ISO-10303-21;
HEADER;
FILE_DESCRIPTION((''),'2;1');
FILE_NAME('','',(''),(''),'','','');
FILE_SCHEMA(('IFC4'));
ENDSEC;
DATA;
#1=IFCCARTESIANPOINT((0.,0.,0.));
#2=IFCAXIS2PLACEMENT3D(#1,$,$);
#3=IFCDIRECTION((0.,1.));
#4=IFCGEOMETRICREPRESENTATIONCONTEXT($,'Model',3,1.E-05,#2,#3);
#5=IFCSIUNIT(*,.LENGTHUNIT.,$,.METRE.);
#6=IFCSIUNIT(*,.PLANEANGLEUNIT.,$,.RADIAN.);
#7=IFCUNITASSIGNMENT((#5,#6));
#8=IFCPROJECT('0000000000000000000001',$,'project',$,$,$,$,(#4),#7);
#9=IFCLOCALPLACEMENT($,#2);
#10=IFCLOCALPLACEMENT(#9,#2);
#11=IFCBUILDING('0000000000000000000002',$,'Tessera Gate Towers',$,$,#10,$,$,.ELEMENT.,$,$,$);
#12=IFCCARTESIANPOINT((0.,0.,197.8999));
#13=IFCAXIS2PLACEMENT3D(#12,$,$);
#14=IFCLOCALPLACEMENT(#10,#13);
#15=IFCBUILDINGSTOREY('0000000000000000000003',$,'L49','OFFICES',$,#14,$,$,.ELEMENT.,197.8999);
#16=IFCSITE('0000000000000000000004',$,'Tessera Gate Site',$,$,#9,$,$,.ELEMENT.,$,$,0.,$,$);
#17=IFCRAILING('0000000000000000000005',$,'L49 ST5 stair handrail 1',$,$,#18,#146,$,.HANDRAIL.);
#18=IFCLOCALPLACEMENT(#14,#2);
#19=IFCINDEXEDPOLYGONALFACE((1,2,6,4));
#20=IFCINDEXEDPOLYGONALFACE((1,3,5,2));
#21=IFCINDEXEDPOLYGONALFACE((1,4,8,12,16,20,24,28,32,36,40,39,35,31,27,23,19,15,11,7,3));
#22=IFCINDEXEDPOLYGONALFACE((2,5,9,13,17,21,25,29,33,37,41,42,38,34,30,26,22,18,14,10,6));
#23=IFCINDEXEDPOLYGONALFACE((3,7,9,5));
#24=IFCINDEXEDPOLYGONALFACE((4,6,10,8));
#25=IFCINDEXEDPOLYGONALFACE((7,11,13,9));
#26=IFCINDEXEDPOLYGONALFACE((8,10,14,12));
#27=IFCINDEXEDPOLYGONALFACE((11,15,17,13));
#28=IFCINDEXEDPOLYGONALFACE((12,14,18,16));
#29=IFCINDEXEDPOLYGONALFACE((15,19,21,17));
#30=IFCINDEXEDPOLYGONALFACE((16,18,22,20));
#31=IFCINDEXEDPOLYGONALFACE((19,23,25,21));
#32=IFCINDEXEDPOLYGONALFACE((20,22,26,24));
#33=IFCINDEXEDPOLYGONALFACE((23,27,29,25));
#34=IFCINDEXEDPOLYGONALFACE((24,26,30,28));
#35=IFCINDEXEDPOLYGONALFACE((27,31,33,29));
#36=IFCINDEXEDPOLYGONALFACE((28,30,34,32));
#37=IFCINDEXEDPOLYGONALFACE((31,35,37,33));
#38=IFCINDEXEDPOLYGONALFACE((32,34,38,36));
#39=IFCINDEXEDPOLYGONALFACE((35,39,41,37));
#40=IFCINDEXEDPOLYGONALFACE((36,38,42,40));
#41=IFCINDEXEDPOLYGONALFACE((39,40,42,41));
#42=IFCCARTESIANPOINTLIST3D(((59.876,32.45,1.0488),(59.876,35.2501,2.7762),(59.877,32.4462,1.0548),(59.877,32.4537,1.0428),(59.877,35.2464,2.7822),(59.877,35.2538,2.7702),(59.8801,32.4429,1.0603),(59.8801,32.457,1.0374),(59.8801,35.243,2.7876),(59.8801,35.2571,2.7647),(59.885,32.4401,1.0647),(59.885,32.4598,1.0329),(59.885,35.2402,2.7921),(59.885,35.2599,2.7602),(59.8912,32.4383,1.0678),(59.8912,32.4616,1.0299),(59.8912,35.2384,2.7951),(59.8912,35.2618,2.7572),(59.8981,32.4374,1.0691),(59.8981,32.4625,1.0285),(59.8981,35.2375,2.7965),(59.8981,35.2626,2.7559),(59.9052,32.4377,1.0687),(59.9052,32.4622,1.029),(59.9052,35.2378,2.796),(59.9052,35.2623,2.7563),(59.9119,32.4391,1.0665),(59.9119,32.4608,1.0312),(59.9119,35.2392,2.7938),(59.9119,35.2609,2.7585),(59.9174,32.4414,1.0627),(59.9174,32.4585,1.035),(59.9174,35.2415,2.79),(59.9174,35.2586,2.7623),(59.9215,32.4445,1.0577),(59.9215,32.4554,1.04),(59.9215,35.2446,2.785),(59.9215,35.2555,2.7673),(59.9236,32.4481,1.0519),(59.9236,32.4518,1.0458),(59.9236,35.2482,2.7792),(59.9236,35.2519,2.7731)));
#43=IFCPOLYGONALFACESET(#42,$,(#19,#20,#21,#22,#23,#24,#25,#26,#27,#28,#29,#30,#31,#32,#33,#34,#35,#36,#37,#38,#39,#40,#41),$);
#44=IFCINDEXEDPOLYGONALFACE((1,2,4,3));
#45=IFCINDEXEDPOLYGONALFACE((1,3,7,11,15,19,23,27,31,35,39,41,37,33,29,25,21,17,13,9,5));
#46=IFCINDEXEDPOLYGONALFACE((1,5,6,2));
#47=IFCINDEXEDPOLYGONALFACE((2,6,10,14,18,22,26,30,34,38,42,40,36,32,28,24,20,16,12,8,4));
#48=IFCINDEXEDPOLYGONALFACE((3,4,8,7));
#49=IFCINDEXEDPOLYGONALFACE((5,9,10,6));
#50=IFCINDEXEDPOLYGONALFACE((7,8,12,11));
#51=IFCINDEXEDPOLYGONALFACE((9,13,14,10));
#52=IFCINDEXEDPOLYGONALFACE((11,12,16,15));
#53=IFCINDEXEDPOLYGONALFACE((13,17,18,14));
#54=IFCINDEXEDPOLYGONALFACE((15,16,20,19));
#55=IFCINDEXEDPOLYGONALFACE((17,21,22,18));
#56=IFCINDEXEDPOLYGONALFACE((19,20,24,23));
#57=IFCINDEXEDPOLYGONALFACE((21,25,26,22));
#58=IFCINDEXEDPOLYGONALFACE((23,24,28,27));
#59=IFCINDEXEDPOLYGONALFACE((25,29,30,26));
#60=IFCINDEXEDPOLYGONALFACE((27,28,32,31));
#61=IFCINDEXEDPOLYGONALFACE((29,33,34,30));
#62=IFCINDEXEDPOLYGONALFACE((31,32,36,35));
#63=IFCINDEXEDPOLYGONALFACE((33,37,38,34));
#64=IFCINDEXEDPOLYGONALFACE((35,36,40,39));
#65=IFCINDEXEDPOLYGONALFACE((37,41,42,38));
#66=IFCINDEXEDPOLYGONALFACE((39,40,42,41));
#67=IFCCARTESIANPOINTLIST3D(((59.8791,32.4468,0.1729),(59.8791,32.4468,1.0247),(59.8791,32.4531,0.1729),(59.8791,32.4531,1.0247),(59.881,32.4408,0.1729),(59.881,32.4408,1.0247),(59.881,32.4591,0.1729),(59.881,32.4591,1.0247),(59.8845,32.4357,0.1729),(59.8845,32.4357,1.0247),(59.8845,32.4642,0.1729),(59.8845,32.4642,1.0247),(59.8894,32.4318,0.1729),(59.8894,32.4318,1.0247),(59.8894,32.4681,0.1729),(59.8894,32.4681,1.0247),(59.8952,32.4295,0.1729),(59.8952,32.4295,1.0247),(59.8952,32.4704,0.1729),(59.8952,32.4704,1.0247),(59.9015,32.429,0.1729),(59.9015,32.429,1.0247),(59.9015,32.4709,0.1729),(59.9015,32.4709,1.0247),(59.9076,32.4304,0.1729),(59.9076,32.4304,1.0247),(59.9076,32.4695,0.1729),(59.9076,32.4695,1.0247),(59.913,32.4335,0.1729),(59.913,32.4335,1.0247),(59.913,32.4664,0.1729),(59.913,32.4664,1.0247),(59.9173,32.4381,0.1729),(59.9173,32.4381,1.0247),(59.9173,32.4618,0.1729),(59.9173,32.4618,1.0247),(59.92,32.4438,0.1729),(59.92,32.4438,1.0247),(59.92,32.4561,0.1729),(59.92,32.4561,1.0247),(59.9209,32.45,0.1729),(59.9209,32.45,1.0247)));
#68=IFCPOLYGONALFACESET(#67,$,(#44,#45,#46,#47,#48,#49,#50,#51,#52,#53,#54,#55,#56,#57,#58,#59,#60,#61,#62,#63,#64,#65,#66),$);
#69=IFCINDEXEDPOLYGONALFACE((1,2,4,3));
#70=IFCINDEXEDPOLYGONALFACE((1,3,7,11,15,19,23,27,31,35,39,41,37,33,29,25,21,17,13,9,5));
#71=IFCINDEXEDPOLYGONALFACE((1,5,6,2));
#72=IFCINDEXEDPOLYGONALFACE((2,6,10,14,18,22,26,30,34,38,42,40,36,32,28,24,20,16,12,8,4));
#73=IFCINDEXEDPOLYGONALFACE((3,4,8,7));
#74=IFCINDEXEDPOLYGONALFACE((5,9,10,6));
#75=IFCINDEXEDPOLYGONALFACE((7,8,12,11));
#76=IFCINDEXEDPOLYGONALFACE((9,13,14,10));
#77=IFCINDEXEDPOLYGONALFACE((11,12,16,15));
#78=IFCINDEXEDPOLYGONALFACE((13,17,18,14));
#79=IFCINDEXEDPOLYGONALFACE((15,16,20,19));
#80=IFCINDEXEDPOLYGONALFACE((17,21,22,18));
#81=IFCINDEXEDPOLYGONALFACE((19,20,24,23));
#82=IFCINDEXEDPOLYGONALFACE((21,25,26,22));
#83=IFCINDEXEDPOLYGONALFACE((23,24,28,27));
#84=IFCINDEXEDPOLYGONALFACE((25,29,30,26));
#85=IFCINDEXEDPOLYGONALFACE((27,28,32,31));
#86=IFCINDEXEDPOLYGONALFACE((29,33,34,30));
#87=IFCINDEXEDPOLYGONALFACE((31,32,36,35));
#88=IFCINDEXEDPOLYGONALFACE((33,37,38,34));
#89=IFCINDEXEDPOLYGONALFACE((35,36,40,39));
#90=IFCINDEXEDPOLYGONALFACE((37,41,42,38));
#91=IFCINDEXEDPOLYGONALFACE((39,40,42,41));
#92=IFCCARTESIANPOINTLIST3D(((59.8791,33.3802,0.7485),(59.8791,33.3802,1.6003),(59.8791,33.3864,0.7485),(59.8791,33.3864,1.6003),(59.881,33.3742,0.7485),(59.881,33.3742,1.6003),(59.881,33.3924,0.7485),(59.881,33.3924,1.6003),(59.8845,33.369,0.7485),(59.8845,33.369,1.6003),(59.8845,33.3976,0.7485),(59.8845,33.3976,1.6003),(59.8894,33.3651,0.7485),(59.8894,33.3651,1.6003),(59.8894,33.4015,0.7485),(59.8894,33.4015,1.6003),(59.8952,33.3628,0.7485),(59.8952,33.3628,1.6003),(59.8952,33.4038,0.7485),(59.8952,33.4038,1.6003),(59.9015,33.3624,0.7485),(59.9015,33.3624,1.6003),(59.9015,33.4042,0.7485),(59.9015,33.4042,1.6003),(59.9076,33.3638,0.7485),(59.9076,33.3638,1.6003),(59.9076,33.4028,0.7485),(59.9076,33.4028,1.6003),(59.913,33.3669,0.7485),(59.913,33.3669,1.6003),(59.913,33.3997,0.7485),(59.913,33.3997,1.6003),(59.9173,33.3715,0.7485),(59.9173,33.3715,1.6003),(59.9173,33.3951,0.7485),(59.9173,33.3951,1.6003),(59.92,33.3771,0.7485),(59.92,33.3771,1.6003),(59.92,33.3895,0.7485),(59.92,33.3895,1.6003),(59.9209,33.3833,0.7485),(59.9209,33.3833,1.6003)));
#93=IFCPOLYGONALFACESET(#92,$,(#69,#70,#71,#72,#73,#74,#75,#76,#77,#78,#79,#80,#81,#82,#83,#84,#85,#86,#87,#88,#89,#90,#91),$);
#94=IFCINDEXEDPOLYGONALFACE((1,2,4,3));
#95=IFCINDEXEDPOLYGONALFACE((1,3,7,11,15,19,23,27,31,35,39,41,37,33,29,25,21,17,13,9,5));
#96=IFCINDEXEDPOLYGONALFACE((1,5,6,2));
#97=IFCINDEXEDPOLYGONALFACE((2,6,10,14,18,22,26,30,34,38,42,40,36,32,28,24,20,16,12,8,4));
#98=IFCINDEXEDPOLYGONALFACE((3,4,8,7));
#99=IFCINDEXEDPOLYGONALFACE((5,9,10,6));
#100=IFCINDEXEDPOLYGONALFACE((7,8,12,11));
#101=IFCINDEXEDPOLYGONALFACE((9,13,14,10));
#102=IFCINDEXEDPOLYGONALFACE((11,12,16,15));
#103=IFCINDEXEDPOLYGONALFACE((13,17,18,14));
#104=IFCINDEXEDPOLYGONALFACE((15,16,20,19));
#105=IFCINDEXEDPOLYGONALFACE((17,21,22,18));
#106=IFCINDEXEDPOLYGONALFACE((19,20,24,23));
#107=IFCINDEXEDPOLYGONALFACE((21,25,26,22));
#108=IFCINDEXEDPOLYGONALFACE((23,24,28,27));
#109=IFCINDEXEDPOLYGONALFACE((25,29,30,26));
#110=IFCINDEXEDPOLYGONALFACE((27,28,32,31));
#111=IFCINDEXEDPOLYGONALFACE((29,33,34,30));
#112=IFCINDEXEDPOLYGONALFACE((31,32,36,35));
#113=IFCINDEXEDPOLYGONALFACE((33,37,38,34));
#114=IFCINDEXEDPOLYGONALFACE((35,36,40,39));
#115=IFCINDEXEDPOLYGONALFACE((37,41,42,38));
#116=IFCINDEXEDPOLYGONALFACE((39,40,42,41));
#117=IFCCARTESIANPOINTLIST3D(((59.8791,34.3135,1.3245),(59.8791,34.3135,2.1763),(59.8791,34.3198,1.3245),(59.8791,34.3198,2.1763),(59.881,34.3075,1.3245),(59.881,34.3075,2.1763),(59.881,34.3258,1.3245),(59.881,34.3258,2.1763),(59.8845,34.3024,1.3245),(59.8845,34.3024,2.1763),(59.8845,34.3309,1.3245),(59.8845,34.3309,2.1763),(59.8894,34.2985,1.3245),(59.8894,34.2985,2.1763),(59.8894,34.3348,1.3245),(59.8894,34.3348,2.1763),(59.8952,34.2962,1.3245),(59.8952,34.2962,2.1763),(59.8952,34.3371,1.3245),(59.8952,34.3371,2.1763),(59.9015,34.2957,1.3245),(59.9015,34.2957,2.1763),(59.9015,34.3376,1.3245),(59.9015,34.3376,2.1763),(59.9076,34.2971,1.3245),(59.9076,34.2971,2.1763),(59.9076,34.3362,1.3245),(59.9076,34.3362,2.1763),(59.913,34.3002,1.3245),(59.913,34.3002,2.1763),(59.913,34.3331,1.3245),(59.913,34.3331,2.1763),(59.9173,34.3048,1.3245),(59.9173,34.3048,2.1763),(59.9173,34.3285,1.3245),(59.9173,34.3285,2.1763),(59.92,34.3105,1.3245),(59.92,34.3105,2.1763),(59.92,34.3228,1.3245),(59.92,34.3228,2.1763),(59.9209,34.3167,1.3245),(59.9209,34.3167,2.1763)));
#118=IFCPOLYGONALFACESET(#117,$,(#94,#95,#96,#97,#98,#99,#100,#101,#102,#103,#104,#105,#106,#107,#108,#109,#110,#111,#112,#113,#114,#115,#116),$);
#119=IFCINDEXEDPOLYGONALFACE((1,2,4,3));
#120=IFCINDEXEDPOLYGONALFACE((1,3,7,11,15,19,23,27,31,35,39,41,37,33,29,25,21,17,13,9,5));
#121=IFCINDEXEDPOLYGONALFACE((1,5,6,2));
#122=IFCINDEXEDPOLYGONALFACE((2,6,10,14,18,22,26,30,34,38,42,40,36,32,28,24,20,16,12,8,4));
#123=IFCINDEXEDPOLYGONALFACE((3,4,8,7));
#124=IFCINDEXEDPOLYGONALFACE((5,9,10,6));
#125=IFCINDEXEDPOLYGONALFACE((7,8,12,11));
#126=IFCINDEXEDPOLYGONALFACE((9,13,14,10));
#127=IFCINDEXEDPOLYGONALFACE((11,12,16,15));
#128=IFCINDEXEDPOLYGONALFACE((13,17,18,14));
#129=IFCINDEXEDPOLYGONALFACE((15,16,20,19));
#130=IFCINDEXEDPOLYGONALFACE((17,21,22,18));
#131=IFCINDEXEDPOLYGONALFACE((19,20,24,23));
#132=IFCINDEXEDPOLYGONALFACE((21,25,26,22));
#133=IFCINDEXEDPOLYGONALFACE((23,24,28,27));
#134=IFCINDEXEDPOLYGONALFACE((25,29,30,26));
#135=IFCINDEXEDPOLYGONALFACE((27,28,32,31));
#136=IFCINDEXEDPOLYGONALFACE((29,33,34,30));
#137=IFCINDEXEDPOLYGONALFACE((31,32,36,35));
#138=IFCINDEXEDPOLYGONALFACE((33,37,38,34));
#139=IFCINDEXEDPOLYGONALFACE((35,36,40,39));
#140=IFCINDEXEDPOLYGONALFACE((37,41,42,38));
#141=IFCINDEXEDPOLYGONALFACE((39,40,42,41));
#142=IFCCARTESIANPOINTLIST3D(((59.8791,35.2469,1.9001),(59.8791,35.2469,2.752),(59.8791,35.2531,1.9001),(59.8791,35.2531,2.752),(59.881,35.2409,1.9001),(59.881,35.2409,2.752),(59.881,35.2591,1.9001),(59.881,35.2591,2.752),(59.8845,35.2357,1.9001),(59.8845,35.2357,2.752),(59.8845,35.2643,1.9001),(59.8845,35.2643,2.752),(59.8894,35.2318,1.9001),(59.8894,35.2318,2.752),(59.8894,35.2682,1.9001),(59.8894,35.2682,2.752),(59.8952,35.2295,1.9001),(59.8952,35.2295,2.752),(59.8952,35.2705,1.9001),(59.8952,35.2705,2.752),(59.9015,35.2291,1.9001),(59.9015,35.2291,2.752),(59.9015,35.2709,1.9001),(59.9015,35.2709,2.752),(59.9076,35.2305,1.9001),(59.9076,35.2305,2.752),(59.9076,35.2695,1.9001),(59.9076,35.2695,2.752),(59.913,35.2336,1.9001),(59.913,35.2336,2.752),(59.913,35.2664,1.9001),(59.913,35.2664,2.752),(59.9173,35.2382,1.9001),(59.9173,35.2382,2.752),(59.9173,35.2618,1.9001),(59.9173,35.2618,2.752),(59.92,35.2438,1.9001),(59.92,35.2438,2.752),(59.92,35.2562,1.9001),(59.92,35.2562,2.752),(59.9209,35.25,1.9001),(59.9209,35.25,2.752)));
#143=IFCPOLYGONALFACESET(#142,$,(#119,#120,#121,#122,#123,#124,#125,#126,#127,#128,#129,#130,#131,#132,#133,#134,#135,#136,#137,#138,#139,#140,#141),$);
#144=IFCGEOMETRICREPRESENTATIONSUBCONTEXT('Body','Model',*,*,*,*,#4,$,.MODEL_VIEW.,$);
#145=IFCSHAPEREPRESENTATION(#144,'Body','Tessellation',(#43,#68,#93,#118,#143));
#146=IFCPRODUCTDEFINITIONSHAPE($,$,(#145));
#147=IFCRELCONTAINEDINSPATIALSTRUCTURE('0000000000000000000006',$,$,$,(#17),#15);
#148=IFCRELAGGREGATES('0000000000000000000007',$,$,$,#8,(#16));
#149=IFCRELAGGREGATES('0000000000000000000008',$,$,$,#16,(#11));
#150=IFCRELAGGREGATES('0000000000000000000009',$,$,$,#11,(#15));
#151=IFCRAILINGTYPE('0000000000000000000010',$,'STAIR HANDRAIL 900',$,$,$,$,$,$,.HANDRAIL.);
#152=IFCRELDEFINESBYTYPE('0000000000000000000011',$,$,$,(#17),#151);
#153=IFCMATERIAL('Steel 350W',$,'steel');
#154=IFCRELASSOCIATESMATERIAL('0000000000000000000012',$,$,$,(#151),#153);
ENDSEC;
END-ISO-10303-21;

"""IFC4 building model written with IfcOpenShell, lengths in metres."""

from ifc_helpers import new_model, si_unit, direction, frame, origin, origin_2d, place, context, subcontext, project, spatial, circle, extrude, material, type_object, element, save


model = new_model("IFC4")

# Units and contexts
model_context = context("Model", 3, precision=1e-05, world=origin(), true_north=direction((0.0, 1.0)))
body_context = subcontext(model_context, "Body", "Model", "MODEL_VIEW")
ifc_project = project(units=[si_unit("LENGTHUNIT", "METRE"), si_unit("PLANEANGLEUNIT", "RADIAN")], contexts=[model_context])

# Site, building, storey
site_placement = place(None, origin())
site = spatial("IfcSite", under=ifc_project, at=site_placement, Name="Tessera Gate Site", CompositionType="ELEMENT", RefElevation=0.0)
building_placement = place(site_placement, origin())
building = spatial("IfcBuilding", under=site, at=building_placement, Name="Tessera Gate Towers", CompositionType="ELEMENT")
storey_placement = place(building_placement, frame((0.0, 0.0, 197.8999)))
storey = spatial("IfcBuildingStorey", under=building, at=storey_placement, Name="L49", Description="OFFICES", CompositionType="ELEMENT", Elevation=197.8999)

# Railing
ifc_material_1 = material(Name="Steel 350W", Category="steel")
railing_type_1 = type_object("IfcRailingType", Name="STAIR HANDRAIL 900", PredefinedType="HANDRAIL", material=ifc_material_1)
railing_1_placement = place(storey_placement, frame((59.8999, 32.45, 0.1729)))
element("IfcRailing", 1, at=railing_1_placement, inside=storey, type_object=railing_type_1, Name="L49 ST5 stair handrail 1", PredefinedType="HANDRAIL", context=body_context, shape_type="SweptSolid", body=[
    extrude(circle(Radius=0.0239, at=origin_2d()), frame((0.0, 0.0, 0.876), z_axis=(0.0, 0.85109, 0.52502), x_axis=(-1.0, 0.0, 0.0)), (0.0, 0.0, 1.0), 3.29),
    extrude(circle(Radius=0.021, at=origin_2d()), origin(), (0.0, 0.0, 1.0), 0.8518),
    extrude(circle(Radius=0.021, at=origin_2d()), frame((0.0, 0.9333, 0.5757)), (0.0, 0.0, 1.0), 0.8518),
    extrude(circle(Radius=0.021, at=origin_2d()), frame((0.0, 1.8667, 1.1516)), (0.0, 0.0, 1.0), 0.8518),
    extrude(circle(Radius=0.021, at=origin_2d()), frame((0.0, 2.8, 1.7273)), (0.0, 0.0, 1.0), 0.8518),
])

save(model, "model.ifc")
